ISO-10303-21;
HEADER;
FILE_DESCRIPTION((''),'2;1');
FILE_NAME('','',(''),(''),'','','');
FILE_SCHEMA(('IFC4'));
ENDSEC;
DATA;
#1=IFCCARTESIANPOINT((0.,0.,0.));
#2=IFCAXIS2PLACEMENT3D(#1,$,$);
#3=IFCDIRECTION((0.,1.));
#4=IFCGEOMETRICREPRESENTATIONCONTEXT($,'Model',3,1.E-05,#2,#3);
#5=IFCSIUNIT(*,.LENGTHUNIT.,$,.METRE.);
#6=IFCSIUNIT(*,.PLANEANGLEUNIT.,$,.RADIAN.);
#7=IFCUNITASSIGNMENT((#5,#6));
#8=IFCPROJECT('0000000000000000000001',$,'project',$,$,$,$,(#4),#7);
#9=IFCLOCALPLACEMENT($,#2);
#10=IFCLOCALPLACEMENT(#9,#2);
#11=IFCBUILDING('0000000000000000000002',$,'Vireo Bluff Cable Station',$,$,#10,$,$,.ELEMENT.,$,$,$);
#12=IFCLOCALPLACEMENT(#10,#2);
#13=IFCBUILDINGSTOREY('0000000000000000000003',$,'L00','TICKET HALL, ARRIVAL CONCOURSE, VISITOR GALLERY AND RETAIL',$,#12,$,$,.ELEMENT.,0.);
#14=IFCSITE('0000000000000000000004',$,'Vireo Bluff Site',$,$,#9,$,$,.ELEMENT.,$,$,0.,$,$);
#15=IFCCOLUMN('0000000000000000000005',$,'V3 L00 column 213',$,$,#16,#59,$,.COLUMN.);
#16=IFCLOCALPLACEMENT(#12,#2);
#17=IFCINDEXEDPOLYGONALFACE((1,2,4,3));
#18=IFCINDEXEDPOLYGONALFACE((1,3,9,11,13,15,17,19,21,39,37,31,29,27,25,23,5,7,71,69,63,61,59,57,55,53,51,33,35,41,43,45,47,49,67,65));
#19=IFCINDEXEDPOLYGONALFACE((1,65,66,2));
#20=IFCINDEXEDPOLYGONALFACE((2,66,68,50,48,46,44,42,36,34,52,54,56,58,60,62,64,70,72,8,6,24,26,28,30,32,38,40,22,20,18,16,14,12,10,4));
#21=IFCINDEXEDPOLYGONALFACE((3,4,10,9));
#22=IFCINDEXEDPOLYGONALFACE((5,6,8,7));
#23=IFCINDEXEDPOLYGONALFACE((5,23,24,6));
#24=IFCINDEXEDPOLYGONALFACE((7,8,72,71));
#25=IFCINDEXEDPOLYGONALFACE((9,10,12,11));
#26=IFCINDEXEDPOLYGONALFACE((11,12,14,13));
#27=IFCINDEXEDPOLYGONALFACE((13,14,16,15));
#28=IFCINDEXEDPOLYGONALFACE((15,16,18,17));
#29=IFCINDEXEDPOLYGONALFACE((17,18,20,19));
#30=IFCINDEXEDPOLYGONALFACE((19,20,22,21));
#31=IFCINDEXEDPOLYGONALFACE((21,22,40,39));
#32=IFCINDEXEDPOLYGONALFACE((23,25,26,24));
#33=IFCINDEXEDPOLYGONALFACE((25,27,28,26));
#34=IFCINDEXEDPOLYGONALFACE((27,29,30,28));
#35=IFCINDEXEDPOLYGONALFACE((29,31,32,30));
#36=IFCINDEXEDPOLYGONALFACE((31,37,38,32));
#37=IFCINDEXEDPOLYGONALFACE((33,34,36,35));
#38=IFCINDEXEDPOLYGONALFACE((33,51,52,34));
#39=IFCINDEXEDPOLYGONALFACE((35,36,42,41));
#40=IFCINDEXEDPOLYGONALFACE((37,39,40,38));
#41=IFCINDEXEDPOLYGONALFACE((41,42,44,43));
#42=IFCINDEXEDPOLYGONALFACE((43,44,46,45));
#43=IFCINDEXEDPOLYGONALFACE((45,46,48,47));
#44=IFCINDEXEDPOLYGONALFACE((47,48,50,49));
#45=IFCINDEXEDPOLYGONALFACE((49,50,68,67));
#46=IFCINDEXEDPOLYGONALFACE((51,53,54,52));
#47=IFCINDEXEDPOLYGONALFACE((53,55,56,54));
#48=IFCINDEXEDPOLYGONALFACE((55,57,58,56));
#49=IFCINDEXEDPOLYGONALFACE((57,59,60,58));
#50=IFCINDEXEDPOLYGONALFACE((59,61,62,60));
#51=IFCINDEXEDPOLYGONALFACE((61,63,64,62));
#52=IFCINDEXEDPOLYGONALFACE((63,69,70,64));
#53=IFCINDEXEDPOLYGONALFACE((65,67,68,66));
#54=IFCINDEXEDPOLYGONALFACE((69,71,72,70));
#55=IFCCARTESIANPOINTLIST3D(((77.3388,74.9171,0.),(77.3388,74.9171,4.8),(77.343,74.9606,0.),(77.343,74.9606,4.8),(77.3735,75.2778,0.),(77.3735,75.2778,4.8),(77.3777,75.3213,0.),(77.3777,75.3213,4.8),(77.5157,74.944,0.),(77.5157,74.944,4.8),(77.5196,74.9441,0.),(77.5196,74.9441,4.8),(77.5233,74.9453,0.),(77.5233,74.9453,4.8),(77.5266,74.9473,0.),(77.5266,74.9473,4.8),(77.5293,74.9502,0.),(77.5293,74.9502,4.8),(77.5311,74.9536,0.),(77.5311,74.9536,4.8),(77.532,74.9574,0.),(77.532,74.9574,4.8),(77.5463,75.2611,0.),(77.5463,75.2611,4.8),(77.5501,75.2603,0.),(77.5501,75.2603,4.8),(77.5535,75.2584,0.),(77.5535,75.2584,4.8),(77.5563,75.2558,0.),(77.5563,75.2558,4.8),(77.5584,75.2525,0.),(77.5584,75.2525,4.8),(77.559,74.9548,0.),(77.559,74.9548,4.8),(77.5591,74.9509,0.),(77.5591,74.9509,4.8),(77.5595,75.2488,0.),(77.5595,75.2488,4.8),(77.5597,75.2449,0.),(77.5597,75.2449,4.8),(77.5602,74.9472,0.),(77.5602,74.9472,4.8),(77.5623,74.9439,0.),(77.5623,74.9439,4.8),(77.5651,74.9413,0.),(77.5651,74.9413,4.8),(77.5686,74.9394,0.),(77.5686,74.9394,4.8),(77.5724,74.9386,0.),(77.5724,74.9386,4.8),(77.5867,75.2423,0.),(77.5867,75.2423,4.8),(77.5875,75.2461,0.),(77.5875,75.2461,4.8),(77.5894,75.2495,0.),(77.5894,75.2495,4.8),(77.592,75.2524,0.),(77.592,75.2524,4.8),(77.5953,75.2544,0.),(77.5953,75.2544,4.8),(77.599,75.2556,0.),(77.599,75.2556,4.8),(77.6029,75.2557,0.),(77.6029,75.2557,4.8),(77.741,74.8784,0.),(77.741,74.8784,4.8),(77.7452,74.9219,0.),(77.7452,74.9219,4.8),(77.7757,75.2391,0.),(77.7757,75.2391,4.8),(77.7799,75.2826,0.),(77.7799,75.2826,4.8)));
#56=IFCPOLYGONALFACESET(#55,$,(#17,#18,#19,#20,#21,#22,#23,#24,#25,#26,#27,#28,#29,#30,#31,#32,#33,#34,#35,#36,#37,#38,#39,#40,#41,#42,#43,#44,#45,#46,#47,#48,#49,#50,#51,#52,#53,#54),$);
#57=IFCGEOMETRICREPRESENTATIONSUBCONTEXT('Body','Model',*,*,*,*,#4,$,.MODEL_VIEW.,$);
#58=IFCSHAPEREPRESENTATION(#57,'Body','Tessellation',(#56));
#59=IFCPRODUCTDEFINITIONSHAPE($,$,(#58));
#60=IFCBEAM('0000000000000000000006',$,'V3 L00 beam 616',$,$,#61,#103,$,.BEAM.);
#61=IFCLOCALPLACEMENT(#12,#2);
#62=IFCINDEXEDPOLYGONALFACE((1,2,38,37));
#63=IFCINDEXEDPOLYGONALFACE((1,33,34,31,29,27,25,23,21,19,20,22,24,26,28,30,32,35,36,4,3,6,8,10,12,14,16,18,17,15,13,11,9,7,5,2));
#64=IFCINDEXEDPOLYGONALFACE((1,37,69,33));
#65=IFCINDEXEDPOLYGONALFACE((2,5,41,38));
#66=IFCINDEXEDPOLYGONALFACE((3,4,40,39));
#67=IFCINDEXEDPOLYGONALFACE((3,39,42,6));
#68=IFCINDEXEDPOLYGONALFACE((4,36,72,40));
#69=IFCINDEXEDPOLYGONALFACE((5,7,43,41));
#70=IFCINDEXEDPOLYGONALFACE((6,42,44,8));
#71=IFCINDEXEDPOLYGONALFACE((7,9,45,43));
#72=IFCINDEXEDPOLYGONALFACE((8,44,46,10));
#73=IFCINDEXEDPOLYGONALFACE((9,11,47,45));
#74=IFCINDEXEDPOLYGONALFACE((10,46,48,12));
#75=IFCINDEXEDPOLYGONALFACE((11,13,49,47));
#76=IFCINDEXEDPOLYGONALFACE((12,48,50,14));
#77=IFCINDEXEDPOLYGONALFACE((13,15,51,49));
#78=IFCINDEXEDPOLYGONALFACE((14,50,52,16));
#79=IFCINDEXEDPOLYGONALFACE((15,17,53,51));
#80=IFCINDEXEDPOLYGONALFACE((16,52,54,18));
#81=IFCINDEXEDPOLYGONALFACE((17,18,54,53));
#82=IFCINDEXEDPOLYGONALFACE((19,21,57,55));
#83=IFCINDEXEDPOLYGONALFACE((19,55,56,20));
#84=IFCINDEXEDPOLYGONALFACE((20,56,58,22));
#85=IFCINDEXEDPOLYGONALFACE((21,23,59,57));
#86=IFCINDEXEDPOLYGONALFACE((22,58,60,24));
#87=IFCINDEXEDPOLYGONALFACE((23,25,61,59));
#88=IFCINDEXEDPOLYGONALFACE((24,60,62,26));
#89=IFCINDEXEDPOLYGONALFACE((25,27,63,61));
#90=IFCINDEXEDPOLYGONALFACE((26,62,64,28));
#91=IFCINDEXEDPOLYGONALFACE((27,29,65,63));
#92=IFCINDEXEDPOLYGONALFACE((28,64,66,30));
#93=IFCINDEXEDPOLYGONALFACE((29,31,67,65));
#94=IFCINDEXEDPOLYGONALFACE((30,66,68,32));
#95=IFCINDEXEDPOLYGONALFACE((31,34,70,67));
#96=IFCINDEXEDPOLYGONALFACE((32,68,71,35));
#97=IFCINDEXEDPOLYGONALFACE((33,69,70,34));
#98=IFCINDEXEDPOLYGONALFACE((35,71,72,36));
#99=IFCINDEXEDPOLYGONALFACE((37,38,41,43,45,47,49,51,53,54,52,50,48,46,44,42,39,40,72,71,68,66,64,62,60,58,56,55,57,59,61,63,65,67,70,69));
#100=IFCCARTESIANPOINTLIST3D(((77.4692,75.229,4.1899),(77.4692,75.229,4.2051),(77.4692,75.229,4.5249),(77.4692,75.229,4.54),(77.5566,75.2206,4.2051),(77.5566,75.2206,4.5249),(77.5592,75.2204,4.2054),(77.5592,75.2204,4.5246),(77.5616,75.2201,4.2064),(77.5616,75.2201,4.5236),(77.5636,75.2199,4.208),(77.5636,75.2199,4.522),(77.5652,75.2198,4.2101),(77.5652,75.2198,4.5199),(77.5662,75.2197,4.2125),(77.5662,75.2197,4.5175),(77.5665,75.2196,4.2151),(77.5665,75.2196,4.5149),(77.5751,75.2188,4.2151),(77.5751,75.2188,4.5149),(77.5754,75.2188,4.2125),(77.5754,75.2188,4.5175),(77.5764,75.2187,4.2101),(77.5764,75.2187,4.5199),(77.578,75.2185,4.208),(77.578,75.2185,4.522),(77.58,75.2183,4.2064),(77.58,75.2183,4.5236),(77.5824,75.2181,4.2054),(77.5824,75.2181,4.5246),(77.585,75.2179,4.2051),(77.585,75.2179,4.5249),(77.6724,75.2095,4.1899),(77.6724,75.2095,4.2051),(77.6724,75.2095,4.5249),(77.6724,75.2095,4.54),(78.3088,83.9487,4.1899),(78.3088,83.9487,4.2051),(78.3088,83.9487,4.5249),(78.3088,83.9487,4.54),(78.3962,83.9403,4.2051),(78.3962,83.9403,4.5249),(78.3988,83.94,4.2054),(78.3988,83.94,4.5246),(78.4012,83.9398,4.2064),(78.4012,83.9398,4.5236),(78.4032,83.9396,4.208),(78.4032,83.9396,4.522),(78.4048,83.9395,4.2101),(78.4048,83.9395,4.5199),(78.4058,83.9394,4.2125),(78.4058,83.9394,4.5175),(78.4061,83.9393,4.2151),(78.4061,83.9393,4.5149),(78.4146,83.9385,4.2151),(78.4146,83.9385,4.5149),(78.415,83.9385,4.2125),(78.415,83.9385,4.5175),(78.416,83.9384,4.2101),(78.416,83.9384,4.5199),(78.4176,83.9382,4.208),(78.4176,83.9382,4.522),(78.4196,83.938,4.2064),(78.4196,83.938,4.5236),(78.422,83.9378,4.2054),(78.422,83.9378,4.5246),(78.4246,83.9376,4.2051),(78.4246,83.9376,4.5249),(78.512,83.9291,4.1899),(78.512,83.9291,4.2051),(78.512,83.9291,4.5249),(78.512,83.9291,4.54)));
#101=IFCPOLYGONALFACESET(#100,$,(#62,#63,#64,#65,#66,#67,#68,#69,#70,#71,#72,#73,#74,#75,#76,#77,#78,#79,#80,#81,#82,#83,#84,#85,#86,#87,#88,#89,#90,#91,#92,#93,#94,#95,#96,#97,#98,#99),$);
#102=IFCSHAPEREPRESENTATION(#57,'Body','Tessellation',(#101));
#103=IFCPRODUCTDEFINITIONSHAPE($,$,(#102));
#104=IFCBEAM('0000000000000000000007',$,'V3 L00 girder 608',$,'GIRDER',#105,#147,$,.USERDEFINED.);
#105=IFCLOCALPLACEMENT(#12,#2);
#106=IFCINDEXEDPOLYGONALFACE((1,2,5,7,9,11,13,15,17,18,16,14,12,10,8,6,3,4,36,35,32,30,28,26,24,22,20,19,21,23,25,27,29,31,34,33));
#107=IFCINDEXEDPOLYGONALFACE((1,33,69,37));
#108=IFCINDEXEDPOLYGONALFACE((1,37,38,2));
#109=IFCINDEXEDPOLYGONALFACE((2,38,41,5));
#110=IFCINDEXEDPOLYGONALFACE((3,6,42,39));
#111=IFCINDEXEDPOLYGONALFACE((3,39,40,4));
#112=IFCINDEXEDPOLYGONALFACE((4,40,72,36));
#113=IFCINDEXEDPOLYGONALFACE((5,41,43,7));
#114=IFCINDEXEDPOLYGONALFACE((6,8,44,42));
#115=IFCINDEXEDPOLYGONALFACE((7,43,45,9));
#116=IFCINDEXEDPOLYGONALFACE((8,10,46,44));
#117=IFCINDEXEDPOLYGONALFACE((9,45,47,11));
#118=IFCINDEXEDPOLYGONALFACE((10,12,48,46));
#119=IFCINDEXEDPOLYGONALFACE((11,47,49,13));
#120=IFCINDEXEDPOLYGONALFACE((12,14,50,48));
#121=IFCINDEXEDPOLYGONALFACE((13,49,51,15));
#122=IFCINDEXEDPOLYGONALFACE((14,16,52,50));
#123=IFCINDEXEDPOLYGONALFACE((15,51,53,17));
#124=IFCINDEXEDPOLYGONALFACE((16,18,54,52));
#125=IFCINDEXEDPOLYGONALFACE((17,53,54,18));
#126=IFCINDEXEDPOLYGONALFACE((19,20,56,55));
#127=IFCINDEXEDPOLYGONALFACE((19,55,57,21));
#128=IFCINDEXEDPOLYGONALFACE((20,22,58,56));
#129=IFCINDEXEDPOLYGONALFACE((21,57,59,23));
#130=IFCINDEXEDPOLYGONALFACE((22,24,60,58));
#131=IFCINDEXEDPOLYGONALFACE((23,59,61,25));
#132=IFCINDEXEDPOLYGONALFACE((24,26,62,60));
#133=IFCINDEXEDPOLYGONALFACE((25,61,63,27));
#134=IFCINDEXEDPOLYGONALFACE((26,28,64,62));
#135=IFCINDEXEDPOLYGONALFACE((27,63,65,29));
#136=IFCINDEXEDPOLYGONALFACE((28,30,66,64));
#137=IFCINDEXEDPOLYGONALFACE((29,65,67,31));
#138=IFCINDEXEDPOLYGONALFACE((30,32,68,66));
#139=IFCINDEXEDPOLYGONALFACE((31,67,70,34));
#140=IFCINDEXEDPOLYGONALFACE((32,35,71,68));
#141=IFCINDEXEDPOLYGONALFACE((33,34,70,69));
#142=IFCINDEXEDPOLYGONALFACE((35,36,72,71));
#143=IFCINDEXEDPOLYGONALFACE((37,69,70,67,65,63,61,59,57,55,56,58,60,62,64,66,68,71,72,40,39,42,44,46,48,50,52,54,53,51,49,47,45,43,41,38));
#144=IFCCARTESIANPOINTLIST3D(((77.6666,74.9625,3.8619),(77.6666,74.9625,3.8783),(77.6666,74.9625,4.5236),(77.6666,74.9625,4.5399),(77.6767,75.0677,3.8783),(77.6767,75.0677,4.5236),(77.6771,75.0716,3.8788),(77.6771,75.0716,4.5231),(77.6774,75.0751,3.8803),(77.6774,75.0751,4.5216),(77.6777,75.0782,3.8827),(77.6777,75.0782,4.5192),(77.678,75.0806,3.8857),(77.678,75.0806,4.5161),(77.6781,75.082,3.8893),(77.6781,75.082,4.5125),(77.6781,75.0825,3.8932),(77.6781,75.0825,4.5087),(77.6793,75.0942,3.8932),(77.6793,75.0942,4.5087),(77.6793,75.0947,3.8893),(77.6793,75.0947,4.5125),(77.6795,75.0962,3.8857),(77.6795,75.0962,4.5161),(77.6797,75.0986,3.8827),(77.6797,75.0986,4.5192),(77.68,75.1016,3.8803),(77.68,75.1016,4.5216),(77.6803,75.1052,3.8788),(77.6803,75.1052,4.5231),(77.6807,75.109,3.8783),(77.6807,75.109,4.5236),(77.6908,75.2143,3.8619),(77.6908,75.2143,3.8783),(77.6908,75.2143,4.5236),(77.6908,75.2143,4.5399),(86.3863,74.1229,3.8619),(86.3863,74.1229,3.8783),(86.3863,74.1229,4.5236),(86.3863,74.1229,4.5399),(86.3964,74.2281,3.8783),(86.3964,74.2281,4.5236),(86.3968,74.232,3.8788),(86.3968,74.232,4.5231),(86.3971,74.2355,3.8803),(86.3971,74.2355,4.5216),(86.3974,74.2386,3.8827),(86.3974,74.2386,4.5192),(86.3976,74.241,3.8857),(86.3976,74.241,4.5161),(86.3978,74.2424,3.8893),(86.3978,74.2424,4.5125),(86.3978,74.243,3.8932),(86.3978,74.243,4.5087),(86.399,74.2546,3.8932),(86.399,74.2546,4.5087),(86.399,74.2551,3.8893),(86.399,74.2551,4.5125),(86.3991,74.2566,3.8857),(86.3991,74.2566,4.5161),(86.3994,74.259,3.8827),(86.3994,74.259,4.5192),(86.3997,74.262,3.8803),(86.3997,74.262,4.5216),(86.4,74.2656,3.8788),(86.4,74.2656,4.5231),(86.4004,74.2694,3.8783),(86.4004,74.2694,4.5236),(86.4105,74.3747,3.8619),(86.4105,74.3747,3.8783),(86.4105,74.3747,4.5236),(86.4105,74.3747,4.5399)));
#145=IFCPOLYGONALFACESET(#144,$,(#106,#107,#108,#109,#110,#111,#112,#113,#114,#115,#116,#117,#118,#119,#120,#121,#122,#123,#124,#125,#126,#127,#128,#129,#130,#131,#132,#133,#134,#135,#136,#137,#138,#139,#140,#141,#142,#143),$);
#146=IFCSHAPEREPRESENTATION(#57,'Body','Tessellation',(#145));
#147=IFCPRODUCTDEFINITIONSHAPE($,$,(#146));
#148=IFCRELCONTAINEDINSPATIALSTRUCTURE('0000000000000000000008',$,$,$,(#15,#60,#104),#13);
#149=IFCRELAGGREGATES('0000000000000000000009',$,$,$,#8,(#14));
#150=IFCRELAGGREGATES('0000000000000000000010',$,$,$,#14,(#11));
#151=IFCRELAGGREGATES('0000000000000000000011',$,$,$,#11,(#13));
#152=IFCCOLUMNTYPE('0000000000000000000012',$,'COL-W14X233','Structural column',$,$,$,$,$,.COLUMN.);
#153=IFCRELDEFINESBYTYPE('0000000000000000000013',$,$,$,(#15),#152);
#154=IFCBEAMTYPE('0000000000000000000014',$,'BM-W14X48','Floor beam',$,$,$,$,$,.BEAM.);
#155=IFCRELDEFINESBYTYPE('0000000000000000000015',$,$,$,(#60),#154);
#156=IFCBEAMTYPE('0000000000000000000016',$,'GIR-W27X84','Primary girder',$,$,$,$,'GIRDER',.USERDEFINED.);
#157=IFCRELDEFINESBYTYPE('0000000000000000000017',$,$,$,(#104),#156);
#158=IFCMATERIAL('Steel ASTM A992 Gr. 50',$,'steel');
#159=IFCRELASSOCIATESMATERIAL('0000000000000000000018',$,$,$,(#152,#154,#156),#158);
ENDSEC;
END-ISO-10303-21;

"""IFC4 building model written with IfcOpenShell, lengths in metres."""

from ifc_helpers import new_model, si_unit, direction, frame, origin, origin_2d, place, context, subcontext, project, spatial, i_section, extrude, material, material_profile, profile_set, type_object, element, save


model = new_model("IFC4")

# Units and contexts
model_context = context("Model", 3, precision=1e-05, world=origin(), true_north=direction((0.0, 1.0)))
body_context = subcontext(model_context, "Body", "Model", "MODEL_VIEW")
ifc_project = project(units=[si_unit("LENGTHUNIT", "METRE"), si_unit("PLANEANGLEUNIT", "RADIAN")], contexts=[model_context])

# Site, building, storey
site_placement = place(None, origin())
site = spatial("IfcSite", under=ifc_project, at=site_placement, Name="Vireo Bluff Site", CompositionType="ELEMENT", RefElevation=0.0)
building_placement = place(site_placement, origin())
building = spatial("IfcBuilding", under=site, at=building_placement, Name="Vireo Bluff Cable Station", CompositionType="ELEMENT")
storey_placement = place(building_placement, origin())
storey = spatial("IfcBuildingStorey", under=building, at=storey_placement, Name="L00", Description="TICKET HALL, ARRIVAL CONCOURSE, VISITOR GALLERY AND RETAIL", CompositionType="ELEMENT", Elevation=0.0)

# Column
ifc_material_1 = material(Name="Steel ASTM A992 Gr. 50", Category="steel")
ifc_material_profile_1 = material_profile(ifc_material_1, i_section(OverallWidth=0.4041, OverallDepth=0.406, WebThickness=0.0271, FlangeThickness=0.0437, FilletRadius=0.0149, at=origin_2d()), Name="W14X233")
ifc_profile_set_1 = profile_set([ifc_material_profile_1], Name="Steel ASTM A992 Gr. 50")
column_type = type_object("IfcColumnType", Name="COL-W14X233", Description="Structural column", PredefinedType="COLUMN", material=ifc_profile_set_1)
column_placement = place(storey_placement, frame((77.5593, 75.0999, 0.0), z_axis=(0.0, 0.0, 1.0), x_axis=(0.995396, -0.095846, 0.0)))
element("IfcColumn", 1, at=column_placement, inside=storey, type_object=column_type, Name="V3 L00 column 213", PredefinedType="COLUMN", context=body_context, shape_type="SweptSolid", body=[
    extrude(i_section(OverallWidth=0.4041, OverallDepth=0.406, WebThickness=0.0271, FlangeThickness=0.0437, FilletRadius=0.0149, at=origin_2d()), origin(), (0.0, 0.0, 1.0), 4.8),
])

# Beams
ifc_material_profile_2 = material_profile(ifc_material_1, i_section(OverallWidth=0.2041, OverallDepth=0.3501, WebThickness=0.0085, FlangeThickness=0.0151, FilletRadius=0.01, at=origin_2d()), Name="W14X48")
ifc_profile_set_2 = profile_set([ifc_material_profile_2], Name="Steel ASTM A992 Gr. 50")
beam_type_1 = type_object("IfcBeamType", Name="BM-W14X48", Description="Floor beam", PredefinedType="BEAM", material=ifc_profile_set_2)
beam_1_placement = place(storey_placement, frame((77.5708, 75.2192, 4.365), z_axis=(0.095844, 0.995396, 0.0), x_axis=(-0.995396, 0.095844, 0.0)))
element("IfcBeam", 2, at=beam_1_placement, inside=storey, type_object=beam_type_1, Name="V3 L00 beam 616", PredefinedType="BEAM", context=body_context, shape_type="SweptSolid", body=[
    extrude(i_section(OverallWidth=0.2041, OverallDepth=0.3501, WebThickness=0.0085, FlangeThickness=0.0151, FilletRadius=0.01, at=origin_2d()), origin(), (0.0, 0.0, 1.0), 8.76),
])
ifc_material_profile_3 = material_profile(ifc_material_1, i_section(OverallWidth=0.2529, OverallDepth=0.678, WebThickness=0.0117, FlangeThickness=0.0164, FilletRadius=0.0149, at=origin_2d()), Name="W27X84")
ifc_profile_set_3 = profile_set([ifc_material_profile_3], Name="Steel ASTM A992 Gr. 50")
beam_type_2 = type_object("IfcBeamType", Name="GIR-W27X84", Description="Primary girder", ElementType="GIRDER", PredefinedType="USERDEFINED", material=ifc_profile_set_3)
beam_2_placement = place(storey_placement, frame((77.6787, 75.0884, 4.2009), z_axis=(0.995396, -0.095844, 0.0), x_axis=(0.095844, 0.995396, 0.0)))
element("IfcBeam", 3, at=beam_2_placement, inside=storey, type_object=beam_type_2, Name="V3 L00 girder 608", ObjectType="GIRDER", PredefinedType="USERDEFINED", context=body_context, shape_type="SweptSolid", body=[
    extrude(i_section(OverallWidth=0.2529, OverallDepth=0.678, WebThickness=0.0117, FlangeThickness=0.0164, FilletRadius=0.0149, at=origin_2d()), origin(), (0.0, 0.0, 1.0), 8.76),
])

save(model, "model.ifc")
